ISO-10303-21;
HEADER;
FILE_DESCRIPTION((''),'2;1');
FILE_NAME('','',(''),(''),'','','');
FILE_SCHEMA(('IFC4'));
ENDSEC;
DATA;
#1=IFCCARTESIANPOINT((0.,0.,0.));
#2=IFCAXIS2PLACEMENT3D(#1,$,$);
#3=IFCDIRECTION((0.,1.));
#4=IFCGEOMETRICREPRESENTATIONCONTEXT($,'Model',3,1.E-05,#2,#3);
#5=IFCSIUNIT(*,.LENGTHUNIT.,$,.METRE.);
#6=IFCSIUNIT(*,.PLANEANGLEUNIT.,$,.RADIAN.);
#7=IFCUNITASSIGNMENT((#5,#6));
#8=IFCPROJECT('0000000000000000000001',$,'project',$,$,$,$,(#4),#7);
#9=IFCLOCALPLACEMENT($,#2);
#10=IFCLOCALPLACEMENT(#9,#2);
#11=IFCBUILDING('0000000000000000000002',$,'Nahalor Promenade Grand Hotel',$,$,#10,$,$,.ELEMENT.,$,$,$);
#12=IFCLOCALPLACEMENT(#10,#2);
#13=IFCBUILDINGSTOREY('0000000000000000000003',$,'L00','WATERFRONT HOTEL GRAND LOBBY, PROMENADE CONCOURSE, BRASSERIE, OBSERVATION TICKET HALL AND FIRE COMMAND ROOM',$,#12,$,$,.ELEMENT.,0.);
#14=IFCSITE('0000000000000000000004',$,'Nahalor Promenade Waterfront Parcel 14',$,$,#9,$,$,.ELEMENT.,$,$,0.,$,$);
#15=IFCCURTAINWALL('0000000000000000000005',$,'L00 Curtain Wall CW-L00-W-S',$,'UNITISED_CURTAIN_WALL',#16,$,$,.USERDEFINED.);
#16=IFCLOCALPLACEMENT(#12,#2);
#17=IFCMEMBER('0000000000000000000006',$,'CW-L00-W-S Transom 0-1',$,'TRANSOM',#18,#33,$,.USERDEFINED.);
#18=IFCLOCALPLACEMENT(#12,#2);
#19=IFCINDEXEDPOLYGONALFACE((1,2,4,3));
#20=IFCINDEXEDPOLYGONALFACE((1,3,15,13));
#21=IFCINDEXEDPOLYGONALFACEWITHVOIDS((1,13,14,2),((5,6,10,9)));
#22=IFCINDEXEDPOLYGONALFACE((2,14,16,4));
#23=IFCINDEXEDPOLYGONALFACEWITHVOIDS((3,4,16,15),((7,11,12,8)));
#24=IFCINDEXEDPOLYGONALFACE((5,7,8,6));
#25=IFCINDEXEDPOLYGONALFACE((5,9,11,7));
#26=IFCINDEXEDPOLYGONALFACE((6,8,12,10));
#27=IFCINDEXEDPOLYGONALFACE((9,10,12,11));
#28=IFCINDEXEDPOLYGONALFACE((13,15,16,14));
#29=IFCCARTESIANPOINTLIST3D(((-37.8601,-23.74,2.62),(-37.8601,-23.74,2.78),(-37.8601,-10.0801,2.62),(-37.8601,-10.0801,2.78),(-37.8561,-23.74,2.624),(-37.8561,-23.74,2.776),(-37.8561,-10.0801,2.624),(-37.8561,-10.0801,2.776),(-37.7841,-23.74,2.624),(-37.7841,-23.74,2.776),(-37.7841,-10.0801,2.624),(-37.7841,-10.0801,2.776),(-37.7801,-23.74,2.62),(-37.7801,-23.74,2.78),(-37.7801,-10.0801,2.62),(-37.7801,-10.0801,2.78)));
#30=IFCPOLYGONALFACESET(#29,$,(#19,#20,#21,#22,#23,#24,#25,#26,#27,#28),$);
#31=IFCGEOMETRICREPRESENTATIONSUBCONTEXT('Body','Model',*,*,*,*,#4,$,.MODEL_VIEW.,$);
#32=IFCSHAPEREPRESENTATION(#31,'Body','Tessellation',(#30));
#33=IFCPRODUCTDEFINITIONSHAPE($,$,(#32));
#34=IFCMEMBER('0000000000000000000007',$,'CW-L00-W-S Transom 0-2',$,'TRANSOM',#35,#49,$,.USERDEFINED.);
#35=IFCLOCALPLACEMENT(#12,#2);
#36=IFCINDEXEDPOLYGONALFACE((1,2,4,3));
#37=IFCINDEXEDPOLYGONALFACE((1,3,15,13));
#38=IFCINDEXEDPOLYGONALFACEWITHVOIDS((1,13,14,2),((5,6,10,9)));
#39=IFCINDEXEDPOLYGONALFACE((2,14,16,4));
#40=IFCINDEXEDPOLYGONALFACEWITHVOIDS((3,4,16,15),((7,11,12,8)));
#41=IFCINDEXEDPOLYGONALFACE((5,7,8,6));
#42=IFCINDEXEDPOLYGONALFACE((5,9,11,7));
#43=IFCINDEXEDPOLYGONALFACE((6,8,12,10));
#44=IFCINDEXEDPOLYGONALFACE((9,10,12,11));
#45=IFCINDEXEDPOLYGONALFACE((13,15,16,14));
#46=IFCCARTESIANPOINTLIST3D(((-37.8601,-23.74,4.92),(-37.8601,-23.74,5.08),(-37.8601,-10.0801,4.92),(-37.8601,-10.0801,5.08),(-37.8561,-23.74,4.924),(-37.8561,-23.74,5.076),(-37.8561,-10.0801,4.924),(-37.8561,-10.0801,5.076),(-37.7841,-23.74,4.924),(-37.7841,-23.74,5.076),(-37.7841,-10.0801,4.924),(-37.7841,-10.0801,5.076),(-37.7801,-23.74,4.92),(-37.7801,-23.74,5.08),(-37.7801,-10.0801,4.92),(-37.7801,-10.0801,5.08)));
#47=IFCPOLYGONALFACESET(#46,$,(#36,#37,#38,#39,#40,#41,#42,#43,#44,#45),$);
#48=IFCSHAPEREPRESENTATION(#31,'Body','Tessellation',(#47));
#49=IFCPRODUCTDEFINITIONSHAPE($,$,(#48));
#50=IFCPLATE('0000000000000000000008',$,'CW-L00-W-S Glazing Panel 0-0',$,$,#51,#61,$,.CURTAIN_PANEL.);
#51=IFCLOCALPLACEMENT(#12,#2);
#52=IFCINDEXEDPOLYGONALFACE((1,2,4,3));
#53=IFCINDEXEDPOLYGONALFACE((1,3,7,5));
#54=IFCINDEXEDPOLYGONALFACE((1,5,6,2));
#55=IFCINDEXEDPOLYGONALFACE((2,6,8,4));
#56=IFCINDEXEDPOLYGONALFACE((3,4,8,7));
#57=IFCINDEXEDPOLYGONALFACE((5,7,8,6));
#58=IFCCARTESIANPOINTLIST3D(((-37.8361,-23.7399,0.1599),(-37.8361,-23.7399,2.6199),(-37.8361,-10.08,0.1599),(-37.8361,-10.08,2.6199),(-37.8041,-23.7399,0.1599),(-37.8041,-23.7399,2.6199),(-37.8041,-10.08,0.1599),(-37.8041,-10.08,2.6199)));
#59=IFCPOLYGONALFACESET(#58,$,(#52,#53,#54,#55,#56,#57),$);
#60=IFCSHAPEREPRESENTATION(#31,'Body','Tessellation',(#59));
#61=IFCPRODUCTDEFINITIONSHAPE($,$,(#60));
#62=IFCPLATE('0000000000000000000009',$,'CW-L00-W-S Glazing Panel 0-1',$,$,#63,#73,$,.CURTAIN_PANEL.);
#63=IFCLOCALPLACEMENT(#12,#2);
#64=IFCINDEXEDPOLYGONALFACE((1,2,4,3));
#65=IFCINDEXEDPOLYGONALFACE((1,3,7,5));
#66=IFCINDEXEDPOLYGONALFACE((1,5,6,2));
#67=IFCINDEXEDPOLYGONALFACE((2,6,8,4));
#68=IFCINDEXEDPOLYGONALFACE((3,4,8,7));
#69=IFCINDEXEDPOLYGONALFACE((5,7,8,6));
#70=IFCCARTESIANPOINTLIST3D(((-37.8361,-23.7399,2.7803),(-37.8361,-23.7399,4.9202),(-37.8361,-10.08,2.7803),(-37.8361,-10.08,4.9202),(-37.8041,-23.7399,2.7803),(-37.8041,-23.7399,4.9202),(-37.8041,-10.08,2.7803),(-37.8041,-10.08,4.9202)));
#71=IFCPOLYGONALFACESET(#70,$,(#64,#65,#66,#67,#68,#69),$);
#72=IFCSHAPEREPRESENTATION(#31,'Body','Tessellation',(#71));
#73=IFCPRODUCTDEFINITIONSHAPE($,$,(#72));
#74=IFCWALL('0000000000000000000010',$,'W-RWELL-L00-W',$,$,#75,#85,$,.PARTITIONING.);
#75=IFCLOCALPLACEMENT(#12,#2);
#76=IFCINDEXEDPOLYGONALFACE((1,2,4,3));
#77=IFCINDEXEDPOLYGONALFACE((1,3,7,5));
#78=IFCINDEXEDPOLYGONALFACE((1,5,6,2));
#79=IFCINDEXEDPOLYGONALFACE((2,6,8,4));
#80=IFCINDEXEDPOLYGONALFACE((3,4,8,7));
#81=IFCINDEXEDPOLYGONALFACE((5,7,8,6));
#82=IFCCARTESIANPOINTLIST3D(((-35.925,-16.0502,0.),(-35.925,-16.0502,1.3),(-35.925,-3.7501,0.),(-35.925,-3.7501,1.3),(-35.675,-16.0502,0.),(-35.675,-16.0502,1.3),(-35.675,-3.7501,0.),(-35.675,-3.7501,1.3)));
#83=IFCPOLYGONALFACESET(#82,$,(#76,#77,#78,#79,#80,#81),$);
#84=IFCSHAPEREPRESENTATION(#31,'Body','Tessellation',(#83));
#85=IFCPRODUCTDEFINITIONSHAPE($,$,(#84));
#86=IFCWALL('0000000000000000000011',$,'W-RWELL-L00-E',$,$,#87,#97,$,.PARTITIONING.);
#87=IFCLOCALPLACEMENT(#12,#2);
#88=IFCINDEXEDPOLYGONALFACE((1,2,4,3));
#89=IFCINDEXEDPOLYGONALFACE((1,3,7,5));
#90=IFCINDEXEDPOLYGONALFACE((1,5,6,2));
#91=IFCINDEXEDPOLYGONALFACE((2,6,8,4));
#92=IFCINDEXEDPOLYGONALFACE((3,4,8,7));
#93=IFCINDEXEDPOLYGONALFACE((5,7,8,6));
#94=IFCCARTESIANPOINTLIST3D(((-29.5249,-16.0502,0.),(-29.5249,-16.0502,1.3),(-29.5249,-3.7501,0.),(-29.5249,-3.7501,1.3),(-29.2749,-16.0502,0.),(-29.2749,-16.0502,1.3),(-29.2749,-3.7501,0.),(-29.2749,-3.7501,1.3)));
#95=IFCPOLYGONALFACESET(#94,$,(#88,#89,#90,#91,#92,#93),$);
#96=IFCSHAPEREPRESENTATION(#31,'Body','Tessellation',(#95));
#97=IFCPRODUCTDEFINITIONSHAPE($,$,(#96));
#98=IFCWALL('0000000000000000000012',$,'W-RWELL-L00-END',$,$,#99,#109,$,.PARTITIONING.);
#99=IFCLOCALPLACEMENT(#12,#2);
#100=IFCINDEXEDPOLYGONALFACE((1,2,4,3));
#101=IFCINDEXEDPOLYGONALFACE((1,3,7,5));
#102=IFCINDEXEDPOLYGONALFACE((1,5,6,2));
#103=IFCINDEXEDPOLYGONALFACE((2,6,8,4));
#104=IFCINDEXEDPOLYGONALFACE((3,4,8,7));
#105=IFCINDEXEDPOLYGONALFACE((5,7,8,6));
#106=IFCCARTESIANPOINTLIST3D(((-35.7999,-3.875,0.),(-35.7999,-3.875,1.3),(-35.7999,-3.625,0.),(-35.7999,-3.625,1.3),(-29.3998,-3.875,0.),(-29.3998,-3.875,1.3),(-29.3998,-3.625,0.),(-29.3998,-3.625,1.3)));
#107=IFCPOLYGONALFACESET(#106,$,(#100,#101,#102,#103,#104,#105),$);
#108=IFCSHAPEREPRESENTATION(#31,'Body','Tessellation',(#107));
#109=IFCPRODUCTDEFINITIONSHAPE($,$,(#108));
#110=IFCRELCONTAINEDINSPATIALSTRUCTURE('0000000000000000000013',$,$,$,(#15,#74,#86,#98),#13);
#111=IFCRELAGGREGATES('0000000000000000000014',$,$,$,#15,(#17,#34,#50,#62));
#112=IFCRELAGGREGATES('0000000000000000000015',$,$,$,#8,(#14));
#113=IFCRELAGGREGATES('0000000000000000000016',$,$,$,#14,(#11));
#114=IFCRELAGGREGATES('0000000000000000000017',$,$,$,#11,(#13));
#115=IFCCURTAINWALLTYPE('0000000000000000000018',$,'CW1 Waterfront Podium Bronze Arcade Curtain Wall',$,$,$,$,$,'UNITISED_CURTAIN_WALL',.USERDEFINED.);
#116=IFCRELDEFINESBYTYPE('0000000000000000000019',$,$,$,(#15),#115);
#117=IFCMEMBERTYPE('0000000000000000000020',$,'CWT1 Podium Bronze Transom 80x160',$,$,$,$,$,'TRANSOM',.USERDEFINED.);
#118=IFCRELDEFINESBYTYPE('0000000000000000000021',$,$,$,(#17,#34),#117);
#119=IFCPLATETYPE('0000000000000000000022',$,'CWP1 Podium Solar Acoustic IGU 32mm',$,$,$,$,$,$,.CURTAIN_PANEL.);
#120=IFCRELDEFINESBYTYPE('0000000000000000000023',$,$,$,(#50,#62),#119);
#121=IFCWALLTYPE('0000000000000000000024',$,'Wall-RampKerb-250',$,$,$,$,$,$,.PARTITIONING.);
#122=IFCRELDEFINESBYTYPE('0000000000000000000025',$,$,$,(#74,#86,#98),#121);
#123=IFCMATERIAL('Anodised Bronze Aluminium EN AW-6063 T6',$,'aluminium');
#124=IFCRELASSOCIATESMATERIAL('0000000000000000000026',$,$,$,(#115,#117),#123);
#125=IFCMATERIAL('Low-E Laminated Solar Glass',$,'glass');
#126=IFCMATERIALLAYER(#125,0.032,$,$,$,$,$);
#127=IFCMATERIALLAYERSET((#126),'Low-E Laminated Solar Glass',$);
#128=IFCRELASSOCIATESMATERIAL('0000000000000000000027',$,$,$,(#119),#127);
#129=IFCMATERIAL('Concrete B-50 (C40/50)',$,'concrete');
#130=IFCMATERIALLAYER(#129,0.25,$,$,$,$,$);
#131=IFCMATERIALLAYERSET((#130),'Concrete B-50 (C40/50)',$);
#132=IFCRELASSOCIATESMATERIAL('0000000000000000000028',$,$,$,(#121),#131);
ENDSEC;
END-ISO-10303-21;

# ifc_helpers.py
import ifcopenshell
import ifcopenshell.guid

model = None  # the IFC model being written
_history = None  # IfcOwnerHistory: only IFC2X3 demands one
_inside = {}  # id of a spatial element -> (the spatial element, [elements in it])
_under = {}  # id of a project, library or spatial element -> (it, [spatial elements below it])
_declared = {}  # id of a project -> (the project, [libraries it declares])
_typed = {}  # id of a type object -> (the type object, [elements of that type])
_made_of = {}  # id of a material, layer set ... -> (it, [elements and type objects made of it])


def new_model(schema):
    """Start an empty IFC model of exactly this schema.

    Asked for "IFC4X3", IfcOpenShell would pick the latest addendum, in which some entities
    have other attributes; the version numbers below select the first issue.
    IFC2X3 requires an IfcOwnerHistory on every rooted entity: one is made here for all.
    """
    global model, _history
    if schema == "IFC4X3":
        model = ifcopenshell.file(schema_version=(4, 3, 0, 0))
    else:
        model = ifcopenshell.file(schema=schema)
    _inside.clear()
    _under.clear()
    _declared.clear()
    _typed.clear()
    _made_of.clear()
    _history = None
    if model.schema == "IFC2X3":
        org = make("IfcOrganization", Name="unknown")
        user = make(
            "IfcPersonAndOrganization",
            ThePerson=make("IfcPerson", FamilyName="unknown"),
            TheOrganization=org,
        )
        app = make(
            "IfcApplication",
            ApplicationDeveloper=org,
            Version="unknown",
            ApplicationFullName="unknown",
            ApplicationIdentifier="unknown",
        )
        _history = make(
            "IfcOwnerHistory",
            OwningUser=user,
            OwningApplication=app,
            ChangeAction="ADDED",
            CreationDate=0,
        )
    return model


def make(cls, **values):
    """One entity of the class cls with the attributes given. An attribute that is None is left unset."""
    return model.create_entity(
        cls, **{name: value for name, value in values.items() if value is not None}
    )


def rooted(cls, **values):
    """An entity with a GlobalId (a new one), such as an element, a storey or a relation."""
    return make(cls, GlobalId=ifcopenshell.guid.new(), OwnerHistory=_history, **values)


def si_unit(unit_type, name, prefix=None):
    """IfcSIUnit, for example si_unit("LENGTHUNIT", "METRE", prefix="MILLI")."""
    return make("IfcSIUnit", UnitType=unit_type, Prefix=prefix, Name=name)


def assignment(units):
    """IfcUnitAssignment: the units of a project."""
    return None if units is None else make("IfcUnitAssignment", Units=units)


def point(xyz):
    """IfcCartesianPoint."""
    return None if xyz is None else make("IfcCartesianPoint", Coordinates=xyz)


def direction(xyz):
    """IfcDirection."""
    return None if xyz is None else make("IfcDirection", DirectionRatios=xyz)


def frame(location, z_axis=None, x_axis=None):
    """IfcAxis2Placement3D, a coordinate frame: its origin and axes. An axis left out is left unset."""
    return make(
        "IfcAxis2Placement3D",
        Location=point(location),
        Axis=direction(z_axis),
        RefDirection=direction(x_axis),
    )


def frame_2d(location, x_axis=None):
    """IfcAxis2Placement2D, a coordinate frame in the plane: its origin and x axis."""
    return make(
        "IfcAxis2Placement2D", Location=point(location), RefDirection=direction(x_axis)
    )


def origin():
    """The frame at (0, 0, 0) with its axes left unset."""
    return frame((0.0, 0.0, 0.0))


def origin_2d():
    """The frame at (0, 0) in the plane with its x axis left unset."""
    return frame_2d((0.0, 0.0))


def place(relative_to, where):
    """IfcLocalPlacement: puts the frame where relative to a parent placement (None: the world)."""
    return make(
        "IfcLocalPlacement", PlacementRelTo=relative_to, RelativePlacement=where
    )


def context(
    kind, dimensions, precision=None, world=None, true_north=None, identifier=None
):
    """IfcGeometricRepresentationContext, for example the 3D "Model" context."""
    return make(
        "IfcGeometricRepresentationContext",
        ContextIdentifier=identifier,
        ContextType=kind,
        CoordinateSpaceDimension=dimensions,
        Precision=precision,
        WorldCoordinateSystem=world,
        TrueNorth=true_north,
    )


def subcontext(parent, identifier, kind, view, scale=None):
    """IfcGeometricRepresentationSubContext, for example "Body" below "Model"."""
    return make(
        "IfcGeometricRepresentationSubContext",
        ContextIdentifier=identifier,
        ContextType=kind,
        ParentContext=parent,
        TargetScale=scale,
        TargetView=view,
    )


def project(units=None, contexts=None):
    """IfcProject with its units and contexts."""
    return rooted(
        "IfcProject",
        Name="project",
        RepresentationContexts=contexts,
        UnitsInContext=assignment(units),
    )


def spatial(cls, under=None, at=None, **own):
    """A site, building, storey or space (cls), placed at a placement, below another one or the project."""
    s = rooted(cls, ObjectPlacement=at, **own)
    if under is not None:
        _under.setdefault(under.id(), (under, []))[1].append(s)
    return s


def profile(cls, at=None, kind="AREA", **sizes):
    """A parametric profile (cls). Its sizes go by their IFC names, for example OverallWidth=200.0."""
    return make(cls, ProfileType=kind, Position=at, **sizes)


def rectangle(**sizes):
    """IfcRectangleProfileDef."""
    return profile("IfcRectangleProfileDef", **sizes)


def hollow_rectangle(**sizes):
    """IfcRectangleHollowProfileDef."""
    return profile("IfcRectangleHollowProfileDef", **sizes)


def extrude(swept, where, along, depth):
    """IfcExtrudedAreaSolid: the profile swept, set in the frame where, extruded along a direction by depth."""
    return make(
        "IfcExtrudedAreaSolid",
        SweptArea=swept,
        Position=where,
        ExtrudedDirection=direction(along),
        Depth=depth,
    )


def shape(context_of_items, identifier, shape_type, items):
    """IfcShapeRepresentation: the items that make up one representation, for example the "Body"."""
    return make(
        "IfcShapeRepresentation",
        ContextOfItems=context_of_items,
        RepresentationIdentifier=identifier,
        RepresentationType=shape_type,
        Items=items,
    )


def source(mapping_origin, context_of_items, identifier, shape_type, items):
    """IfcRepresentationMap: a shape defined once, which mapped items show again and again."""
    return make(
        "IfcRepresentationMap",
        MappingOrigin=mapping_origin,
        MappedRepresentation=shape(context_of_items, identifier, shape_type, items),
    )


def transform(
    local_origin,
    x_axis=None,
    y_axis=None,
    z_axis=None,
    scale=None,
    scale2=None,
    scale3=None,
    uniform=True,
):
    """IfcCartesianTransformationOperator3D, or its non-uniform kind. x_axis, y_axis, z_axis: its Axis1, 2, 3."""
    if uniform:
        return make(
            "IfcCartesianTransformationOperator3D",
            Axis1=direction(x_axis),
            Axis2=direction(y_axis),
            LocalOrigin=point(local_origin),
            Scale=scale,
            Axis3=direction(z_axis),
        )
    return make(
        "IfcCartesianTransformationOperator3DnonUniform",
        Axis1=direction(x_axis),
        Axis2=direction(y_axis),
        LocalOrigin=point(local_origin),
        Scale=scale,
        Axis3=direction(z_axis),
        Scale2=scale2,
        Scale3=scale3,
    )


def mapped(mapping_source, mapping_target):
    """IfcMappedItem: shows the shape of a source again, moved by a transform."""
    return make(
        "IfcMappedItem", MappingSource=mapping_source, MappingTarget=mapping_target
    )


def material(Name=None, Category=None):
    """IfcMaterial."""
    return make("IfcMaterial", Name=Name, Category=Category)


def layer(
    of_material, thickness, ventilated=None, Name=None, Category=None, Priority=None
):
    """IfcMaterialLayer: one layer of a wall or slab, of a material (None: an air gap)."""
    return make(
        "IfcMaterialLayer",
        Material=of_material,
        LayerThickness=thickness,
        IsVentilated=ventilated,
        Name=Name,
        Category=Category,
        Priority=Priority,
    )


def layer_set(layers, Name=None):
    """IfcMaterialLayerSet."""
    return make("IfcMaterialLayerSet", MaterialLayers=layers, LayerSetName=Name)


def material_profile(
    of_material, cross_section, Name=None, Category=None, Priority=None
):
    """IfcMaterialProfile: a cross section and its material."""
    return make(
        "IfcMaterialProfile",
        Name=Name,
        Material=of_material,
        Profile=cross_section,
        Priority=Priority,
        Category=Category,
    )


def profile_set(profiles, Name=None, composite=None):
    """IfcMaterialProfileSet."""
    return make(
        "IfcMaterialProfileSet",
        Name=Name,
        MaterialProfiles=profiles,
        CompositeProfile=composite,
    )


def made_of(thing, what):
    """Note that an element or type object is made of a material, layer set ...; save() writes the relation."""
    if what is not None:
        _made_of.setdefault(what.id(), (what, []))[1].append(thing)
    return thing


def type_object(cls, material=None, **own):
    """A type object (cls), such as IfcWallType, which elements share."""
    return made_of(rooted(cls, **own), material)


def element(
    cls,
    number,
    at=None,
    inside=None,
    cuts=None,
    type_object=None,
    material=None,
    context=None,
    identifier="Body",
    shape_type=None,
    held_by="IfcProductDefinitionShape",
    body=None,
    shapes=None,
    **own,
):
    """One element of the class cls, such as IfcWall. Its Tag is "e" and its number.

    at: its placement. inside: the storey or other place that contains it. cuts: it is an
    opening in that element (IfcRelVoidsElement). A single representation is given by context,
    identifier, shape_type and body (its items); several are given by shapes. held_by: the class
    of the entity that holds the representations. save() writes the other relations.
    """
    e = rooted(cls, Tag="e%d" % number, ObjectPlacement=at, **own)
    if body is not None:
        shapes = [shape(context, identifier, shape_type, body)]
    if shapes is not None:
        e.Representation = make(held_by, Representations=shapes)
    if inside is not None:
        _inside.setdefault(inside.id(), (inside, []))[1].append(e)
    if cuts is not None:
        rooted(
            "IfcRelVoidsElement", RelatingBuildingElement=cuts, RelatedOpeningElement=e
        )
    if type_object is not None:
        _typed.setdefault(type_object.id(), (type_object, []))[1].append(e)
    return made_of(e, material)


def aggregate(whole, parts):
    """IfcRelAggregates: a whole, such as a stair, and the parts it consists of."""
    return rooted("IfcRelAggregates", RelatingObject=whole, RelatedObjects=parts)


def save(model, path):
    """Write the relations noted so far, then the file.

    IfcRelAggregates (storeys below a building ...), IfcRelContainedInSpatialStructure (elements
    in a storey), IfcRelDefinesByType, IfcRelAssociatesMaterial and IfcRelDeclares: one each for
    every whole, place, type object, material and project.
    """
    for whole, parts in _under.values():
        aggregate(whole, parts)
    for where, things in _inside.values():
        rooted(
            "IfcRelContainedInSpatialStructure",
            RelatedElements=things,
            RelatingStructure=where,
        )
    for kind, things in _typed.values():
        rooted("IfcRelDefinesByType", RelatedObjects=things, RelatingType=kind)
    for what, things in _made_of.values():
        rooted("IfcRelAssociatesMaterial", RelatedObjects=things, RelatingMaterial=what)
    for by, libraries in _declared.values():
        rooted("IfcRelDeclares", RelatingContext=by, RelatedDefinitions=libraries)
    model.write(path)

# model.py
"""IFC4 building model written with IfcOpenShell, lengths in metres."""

from ifc_helpers import new_model, si_unit, direction, frame, frame_2d, origin, origin_2d, place, context, subcontext, project, spatial, rectangle, hollow_rectangle, extrude, source, transform, mapped, material, layer, layer_set, material_profile, profile_set, type_object, element, aggregate, save


model = new_model("IFC4")

# Units and contexts
model_context = context("Model", 3, precision=1e-05, world=origin(), true_north=direction((0.0, 1.0)))
body_context = subcontext(model_context, "Body", "Model", "MODEL_VIEW")
ifc_project = project(units=[si_unit("LENGTHUNIT", "METRE"), si_unit("PLANEANGLEUNIT", "RADIAN")], contexts=[model_context])

# Site, building, storey
site_placement = place(None, origin())
site = spatial("IfcSite", under=ifc_project, at=site_placement, Name="Nahalor Promenade Waterfront Parcel 14", CompositionType="ELEMENT", RefElevation=0.0)
building_placement = place(site_placement, origin())
building = spatial("IfcBuilding", under=site, at=building_placement, Name="Nahalor Promenade Grand Hotel", CompositionType="ELEMENT")
storey_placement = place(building_placement, origin())
storey = spatial("IfcBuildingStorey", under=building, at=storey_placement, Name="L00", Description="WATERFRONT HOTEL GRAND LOBBY, PROMENADE CONCOURSE, BRASSERIE, OBSERVATION TICKET HALL AND FIRE COMMAND ROOM", CompositionType="ELEMENT", Elevation=0.0)

# Shared definitions
ifc_material_1 = material(Name="Anodised Bronze Aluminium EN AW-6063 T6", Category="aluminium")
curtain_wall_type = type_object("IfcCurtainWallType", Name="CW1 Waterfront Podium Bronze Arcade Curtain Wall", ElementType="UNITISED_CURTAIN_WALL", PredefinedType="USERDEFINED", material=ifc_material_1)

# Curtain wall
curtain_wall_1_placement = place(storey_placement, origin())
curtain_wall_1 = element("IfcCurtainWall", 1, at=curtain_wall_1_placement, inside=storey, type_object=curtain_wall_type, Name="L00 Curtain Wall CW-L00-W-S", ObjectType="UNITISED_CURTAIN_WALL", PredefinedType="USERDEFINED")

# Members
ifc_material_profile_1 = material_profile(ifc_material_1, hollow_rectangle(XDim=0.08, YDim=0.16, WallThickness=0.004, at=origin_2d()), Name="CWT 80x160x4")
ifc_profile_set_1 = profile_set([ifc_material_profile_1], Name="Anodised Bronze Aluminium EN AW-6063 T6")
member_type_1 = type_object("IfcMemberType", Name="CWT1 Podium Bronze Transom 80x160", ElementType="TRANSOM", PredefinedType="USERDEFINED", material=ifc_profile_set_1)
shared_shape_1 = source(origin(), body_context, "Body", "SweptSolid", [
    extrude(hollow_rectangle(XDim=0.08, YDim=0.16, WallThickness=0.004, at=origin_2d()), origin(), (0.0, 0.0, 1.0), 13.6599),
])
member_1_placement = place(storey_placement, frame((-37.8201, -23.74, 2.7), z_axis=(0.0, 1.0, 0.0), x_axis=(-1.0, 0.0, 0.0)))
member_1 = element("IfcMember", 2, at=member_1_placement, type_object=member_type_1, Name="CW-L00-W-S Transom 0-1", ObjectType="TRANSOM", PredefinedType="USERDEFINED", context=body_context, shape_type="MappedRepresentation", body=[
    mapped(shared_shape_1, transform((0.0, 0.0, 0.0), scale=1.0)),
])
member_2_placement = place(storey_placement, frame((-37.8201, -23.74, 5.0), z_axis=(0.0, 1.0, 0.0), x_axis=(-1.0, 0.0, 0.0)))
member_2 = element("IfcMember", 3, at=member_2_placement, type_object=member_type_1, Name="CW-L00-W-S Transom 0-2", ObjectType="TRANSOM", PredefinedType="USERDEFINED", context=body_context, shape_type="MappedRepresentation", body=[
    mapped(shared_shape_1, transform((0.0, 0.0, 0.0), scale=1.0)),
])

# Plates
ifc_material_2 = material(Name="Low-E Laminated Solar Glass", Category="glass")
ifc_layer_1 = layer(ifc_material_2, 0.032)
ifc_layer_set_1 = layer_set([ifc_layer_1], Name="Low-E Laminated Solar Glass")
plate_type = type_object("IfcPlateType", Name="CWP1 Podium Solar Acoustic IGU 32mm", PredefinedType="CURTAIN_PANEL", material=ifc_layer_set_1)
shared_shape_2 = source(origin(), body_context, "Body", "SweptSolid", [
    extrude(rectangle(XDim=13.6599, YDim=0.032, at=origin_2d()), origin(), (0.0, 0.0, 1.0), 2.46),
])
plate_1_placement = place(storey_placement, frame((-37.8201, -16.9099, 0.1599), z_axis=(0.0, 0.0, 1.0), x_axis=(0.0, 1.0, 0.0)))
plate_1 = element("IfcPlate", 4, at=plate_1_placement, type_object=plate_type, Name="CW-L00-W-S Glazing Panel 0-0", PredefinedType="CURTAIN_PANEL", context=body_context, shape_type="MappedRepresentation", body=[
    mapped(shared_shape_2, transform((0.0, 0.0, 0.0), scale=1.0)),
])
shared_shape_3 = source(origin(), body_context, "Body", "SweptSolid", [
    extrude(rectangle(XDim=13.6599, YDim=0.032, at=origin_2d()), origin(), (0.0, 0.0, 1.0), 2.1399),
])
plate_2_placement = place(storey_placement, frame((-37.8201, -16.9099, 2.7803), z_axis=(0.0, 0.0, 1.0), x_axis=(0.0, 1.0, 0.0)))
plate_2 = element("IfcPlate", 5, at=plate_2_placement, type_object=plate_type, Name="CW-L00-W-S Glazing Panel 0-1", PredefinedType="CURTAIN_PANEL", context=body_context, shape_type="MappedRepresentation", body=[
    mapped(shared_shape_3, transform((0.0, 0.0, 0.0), scale=1.0)),
])
aggregate(curtain_wall_1, [member_1, member_2, plate_1, plate_2])

# Walls
ifc_material_3 = material(Name="Concrete B-50 (C40/50)", Category="concrete")
ifc_layer_2 = layer(ifc_material_3, 0.25)
ifc_layer_set_2 = layer_set([ifc_layer_2], Name="Concrete B-50 (C40/50)")
wall_type_1 = type_object("IfcWallType", Name="Wall-RampKerb-250", PredefinedType="PARTITIONING", material=ifc_layer_set_2)
shared_shape_4 = source(origin(), body_context, "Body", "SweptSolid", [
    extrude(rectangle(XDim=12.3, YDim=0.25, at=frame_2d((6.1499, 0.0))), origin(), (0.0, 0.0, 1.0), 1.3),
])
for number, where, z_axis, x_axis, name in (
    (6, (-35.8, -16.05, 0.0), (0.0, 0.0, 1.0), (0.0, 1.0, 0.0), "W-RWELL-L00-W"),
    (7, (-29.3999, -16.05, 0.0), (0.0, 0.0, 1.0), (0.0, 1.0, 0.0), "W-RWELL-L00-E"),
):
    element("IfcWall", number, at=place(storey_placement, frame(where, z_axis=z_axis, x_axis=x_axis)), inside=storey, type_object=wall_type_1, Name=name, PredefinedType="PARTITIONING", context=body_context, shape_type="MappedRepresentation", body=[
        mapped(shared_shape_4, transform((0.0, 0.0, 0.0), scale=1.0)),
    ])
shared_shape_5 = source(origin(), body_context, "Body", "SweptSolid", [
    extrude(rectangle(XDim=6.4001, YDim=0.25, at=frame_2d((3.2002, 0.0))), origin(), (0.0, 0.0, 1.0), 1.3),
])
wall_1_placement = place(storey_placement, frame((-35.8, -3.75, 0.0), z_axis=(0.0, 0.0, 1.0), x_axis=(1.0, 0.0, 0.0)))
element("IfcWall", 8, at=wall_1_placement, inside=storey, type_object=wall_type_1, Name="W-RWELL-L00-END", PredefinedType="PARTITIONING", context=body_context, shape_type="MappedRepresentation", body=[
    mapped(shared_shape_5, transform((0.0, 0.0, 0.0), scale=1.0)),
])

save(model, "model.ifc")
